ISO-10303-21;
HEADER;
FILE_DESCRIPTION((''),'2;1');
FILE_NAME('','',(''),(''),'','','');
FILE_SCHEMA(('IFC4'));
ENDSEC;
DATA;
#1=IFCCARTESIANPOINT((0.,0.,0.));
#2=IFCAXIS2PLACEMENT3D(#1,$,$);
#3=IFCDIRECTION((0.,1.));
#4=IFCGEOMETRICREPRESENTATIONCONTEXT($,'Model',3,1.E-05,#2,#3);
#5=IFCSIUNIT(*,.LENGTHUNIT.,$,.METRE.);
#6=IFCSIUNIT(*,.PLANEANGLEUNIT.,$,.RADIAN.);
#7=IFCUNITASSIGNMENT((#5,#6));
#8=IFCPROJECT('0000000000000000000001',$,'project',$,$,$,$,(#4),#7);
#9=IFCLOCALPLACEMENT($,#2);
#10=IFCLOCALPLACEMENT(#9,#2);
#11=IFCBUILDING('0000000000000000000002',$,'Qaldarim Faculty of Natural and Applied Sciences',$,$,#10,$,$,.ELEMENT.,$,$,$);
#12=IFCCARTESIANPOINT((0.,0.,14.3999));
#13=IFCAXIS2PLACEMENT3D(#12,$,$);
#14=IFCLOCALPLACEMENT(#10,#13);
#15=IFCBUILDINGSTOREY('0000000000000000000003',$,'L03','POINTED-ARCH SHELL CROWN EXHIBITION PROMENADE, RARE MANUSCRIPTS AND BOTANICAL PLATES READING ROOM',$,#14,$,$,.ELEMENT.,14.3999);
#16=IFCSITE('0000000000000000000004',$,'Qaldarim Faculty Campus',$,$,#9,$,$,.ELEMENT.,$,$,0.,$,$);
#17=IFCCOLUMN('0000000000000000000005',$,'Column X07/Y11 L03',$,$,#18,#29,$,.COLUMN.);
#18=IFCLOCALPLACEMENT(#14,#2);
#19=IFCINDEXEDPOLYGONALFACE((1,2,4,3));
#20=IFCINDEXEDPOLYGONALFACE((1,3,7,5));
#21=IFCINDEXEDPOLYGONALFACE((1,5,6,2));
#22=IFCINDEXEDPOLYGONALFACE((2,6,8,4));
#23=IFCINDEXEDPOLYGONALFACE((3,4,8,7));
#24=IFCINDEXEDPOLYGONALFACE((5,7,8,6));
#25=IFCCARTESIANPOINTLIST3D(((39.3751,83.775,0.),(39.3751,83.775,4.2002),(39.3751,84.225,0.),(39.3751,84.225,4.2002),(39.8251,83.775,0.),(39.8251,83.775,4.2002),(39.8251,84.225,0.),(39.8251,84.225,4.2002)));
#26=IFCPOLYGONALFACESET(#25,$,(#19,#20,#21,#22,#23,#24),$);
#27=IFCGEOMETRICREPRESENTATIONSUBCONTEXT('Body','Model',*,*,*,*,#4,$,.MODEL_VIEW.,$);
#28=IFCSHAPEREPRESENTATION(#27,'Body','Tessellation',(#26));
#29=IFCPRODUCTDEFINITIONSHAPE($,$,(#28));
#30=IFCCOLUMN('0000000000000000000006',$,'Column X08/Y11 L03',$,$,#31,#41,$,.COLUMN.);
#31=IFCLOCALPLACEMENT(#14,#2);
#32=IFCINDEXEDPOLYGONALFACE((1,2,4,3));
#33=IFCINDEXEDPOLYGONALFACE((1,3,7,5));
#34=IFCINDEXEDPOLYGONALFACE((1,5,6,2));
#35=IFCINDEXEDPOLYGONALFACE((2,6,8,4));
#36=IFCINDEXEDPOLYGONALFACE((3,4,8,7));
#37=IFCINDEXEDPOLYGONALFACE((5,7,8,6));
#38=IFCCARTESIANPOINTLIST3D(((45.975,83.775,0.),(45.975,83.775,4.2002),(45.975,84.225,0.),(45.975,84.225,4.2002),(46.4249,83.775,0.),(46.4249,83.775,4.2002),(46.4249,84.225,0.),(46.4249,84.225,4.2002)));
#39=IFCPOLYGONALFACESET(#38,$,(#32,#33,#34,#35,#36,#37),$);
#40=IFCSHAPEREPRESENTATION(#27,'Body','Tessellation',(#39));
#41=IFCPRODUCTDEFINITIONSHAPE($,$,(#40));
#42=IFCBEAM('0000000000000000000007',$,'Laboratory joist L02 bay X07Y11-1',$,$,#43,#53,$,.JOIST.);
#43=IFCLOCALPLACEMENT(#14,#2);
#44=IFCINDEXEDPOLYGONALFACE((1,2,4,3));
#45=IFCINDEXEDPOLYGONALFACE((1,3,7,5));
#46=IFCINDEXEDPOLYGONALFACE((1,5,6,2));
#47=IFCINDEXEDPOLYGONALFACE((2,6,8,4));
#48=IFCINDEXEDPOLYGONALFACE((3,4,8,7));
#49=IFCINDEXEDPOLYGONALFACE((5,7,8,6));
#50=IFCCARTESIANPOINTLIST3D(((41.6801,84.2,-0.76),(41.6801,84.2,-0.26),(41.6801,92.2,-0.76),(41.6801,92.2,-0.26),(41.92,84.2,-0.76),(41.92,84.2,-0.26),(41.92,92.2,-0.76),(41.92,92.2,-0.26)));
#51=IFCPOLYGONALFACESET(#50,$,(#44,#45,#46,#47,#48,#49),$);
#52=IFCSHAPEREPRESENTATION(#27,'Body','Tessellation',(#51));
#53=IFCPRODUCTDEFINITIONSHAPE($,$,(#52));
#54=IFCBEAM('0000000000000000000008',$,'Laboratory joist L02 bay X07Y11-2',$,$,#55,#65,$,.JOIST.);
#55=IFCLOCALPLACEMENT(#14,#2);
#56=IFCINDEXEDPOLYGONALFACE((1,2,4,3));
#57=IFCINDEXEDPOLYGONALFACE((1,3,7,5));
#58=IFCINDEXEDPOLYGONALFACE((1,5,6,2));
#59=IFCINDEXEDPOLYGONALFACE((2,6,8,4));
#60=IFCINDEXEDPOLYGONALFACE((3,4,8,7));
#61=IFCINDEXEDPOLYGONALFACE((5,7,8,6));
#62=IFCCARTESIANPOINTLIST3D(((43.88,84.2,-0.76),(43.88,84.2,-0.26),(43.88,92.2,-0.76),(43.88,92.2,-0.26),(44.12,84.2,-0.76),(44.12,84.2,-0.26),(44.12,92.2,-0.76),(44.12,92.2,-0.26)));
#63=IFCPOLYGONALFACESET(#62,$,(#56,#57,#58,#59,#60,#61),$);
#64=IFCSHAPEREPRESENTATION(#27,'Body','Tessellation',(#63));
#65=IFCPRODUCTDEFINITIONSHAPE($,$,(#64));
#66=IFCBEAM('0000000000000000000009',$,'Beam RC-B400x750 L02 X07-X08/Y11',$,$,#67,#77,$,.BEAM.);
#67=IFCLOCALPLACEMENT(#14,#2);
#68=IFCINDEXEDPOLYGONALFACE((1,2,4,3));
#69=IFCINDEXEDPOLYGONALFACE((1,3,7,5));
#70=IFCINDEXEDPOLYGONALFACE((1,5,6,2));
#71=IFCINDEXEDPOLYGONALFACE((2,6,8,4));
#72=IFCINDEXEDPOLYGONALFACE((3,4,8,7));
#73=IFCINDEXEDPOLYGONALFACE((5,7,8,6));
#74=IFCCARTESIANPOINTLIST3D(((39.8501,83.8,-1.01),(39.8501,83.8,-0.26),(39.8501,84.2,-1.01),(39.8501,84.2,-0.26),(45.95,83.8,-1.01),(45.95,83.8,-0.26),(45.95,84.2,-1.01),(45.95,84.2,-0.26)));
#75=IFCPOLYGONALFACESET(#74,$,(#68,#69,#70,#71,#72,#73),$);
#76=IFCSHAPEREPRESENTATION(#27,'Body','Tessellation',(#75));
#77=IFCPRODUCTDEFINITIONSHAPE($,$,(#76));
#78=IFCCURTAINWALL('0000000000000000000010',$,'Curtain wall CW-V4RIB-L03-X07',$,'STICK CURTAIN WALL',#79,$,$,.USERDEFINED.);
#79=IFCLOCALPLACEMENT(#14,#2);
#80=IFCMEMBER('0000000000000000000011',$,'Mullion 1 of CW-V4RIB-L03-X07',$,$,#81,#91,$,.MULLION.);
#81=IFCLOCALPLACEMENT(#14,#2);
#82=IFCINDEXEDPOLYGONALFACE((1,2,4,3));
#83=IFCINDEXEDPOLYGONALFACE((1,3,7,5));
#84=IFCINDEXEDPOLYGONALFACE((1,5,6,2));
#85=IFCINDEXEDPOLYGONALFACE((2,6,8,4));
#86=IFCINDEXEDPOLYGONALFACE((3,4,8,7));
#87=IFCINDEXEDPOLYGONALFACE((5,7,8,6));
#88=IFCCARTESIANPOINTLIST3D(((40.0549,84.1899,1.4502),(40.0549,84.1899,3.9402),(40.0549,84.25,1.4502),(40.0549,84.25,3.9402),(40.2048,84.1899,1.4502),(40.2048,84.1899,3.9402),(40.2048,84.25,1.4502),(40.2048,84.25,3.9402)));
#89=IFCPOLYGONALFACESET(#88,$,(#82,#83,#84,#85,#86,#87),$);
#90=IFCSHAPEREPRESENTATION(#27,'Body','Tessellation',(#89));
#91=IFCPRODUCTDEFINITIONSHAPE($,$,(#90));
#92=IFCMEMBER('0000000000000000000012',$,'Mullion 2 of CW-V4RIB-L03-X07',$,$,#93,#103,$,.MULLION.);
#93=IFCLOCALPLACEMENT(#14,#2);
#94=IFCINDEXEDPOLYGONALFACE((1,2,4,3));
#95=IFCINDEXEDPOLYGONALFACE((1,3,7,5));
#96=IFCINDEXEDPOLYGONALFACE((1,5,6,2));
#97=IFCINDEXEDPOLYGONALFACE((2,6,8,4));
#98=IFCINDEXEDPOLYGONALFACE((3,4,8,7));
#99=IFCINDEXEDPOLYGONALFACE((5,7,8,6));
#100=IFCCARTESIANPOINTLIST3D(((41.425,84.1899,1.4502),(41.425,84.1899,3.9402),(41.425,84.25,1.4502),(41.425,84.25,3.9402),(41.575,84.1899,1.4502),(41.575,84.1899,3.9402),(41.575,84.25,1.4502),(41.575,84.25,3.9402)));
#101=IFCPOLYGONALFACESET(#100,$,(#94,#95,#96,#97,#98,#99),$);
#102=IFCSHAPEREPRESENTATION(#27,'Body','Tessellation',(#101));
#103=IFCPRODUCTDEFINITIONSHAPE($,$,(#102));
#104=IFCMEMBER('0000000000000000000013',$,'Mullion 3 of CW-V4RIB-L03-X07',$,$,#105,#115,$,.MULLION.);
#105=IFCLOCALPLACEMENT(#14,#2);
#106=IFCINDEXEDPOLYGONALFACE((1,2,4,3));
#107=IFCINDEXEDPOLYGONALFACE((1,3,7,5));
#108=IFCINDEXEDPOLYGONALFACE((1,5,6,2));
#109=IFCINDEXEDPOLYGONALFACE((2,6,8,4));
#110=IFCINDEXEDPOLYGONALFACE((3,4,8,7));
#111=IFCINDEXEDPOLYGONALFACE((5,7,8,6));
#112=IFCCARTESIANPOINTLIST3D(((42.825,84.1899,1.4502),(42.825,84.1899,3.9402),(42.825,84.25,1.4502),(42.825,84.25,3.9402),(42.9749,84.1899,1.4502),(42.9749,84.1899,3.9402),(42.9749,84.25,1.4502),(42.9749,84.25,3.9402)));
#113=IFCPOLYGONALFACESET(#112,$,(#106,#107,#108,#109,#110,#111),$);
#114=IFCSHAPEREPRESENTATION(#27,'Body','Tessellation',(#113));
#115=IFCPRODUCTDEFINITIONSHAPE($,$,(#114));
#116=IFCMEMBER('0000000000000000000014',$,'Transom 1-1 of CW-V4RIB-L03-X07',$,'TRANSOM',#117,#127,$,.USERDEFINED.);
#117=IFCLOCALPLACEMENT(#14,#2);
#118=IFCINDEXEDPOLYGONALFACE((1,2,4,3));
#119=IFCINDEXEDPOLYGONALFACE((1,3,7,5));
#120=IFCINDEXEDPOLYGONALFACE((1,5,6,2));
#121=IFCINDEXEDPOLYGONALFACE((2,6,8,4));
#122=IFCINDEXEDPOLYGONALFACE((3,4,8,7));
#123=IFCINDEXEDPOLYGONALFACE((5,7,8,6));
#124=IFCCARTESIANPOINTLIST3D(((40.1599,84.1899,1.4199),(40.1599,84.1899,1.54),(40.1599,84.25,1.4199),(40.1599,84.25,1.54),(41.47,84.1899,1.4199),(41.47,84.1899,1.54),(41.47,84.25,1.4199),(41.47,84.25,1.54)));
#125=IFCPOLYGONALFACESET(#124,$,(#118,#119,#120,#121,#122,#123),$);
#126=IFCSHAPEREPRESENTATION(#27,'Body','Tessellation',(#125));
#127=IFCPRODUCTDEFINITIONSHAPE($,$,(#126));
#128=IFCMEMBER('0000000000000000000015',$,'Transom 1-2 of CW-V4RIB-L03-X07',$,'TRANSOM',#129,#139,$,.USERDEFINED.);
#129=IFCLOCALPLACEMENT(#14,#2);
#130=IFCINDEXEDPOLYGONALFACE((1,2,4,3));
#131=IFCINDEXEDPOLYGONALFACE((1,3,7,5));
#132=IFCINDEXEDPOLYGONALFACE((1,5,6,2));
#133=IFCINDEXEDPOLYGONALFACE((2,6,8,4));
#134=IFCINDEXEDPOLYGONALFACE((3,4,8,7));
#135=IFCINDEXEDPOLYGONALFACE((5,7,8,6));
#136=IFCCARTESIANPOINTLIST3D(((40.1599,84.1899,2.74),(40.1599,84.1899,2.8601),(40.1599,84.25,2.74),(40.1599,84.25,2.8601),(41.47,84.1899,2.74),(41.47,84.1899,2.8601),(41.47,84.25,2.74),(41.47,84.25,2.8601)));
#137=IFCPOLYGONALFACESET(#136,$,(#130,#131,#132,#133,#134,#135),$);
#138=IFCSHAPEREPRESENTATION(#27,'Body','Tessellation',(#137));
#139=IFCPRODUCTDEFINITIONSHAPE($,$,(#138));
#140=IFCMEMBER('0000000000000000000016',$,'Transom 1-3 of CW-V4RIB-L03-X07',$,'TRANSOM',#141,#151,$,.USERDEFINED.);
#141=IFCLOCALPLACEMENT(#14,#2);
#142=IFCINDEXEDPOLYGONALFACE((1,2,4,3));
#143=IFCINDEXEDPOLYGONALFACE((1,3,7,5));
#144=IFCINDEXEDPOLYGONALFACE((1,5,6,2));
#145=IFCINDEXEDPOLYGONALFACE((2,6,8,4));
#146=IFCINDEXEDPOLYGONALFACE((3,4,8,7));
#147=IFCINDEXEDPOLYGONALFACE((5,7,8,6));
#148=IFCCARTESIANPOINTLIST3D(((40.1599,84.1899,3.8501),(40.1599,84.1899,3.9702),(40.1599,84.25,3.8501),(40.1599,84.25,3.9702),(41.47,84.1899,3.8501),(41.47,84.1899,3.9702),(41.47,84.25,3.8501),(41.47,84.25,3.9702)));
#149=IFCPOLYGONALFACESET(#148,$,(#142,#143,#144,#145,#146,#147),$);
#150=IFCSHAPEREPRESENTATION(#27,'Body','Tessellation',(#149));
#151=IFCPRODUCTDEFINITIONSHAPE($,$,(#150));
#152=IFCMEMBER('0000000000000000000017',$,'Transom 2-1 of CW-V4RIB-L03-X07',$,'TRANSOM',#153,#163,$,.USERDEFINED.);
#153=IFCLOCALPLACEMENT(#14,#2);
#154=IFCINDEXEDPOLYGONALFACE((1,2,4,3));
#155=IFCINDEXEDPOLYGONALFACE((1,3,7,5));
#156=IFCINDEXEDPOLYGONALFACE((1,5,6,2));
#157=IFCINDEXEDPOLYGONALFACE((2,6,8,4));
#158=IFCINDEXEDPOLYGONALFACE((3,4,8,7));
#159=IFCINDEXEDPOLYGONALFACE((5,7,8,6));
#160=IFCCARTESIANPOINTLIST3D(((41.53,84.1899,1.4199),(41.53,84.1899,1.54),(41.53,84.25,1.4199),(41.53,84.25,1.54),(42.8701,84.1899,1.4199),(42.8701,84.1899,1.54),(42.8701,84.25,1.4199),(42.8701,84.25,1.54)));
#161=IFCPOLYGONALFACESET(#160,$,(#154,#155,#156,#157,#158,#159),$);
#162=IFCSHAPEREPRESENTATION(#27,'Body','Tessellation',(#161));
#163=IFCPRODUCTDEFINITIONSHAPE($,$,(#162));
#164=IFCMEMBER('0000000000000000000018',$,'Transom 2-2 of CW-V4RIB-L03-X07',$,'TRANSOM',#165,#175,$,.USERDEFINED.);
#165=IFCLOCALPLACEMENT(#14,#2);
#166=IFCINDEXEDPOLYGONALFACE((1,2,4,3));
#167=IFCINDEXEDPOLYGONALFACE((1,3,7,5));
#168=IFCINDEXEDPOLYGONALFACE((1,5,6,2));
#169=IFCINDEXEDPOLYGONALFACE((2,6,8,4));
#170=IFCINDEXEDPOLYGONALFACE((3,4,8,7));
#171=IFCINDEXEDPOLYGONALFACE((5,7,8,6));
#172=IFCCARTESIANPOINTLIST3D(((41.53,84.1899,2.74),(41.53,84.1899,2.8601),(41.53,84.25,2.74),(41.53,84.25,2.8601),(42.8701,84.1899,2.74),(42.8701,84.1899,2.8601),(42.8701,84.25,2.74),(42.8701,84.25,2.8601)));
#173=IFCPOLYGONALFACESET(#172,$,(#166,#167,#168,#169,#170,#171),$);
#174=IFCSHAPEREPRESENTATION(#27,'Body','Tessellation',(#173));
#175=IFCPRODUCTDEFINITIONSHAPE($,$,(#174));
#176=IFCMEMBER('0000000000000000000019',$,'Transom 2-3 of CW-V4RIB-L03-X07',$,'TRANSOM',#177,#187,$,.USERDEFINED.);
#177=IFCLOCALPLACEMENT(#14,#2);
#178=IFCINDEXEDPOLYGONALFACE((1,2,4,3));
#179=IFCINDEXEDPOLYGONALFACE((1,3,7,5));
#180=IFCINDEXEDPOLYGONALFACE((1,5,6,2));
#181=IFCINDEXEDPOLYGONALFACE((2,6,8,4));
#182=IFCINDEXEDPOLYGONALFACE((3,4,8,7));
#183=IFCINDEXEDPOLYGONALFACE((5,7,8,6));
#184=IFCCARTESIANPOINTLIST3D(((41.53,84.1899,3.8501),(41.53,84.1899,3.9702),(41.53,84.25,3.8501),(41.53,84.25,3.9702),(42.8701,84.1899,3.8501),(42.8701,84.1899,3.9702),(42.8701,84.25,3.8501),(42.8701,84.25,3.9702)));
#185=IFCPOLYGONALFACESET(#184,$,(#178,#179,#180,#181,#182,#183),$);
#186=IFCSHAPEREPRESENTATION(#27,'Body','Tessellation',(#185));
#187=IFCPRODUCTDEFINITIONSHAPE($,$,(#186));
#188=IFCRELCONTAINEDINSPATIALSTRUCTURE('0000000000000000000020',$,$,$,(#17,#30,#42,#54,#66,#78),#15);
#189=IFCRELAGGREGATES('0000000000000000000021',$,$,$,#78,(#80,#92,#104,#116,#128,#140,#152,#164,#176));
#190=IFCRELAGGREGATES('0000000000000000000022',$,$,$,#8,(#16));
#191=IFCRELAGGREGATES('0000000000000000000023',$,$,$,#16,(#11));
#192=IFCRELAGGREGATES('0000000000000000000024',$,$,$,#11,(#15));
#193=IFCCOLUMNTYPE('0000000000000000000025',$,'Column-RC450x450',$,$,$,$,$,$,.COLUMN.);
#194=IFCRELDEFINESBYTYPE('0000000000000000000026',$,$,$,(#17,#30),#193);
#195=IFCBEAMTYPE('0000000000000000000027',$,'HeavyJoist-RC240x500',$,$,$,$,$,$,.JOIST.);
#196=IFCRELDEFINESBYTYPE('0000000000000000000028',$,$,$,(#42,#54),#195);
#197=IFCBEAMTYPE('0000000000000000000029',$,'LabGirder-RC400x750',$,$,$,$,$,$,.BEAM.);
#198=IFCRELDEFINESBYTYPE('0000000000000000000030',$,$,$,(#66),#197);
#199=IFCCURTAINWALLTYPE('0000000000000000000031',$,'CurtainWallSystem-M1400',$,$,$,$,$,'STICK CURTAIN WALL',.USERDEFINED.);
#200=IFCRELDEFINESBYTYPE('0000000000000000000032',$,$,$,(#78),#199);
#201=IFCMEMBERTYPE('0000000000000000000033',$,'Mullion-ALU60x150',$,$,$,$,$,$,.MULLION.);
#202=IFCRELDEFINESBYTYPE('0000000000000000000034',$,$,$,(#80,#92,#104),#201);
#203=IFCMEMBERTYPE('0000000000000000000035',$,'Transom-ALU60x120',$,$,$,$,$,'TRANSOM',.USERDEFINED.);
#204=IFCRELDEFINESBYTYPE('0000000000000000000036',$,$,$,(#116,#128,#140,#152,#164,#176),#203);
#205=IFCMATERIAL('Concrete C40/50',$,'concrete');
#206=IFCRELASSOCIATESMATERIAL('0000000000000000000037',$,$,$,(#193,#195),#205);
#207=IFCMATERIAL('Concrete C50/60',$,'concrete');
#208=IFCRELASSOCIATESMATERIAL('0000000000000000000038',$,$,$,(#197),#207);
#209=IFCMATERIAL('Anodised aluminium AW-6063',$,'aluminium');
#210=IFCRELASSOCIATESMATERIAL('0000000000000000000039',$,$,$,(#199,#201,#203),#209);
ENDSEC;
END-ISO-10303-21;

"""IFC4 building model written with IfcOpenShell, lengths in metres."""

from ifc_helpers import new_model, si_unit, direction, frame, origin, origin_2d, place, context, subcontext, project, spatial, rectangle, extrude, material, material_profile, profile_set, type_object, element, aggregate, save


model = new_model("IFC4")

# Units and contexts
model_context = context("Model", 3, precision=1e-05, world=origin(), true_north=direction((0.0, 1.0)))
body_context = subcontext(model_context, "Body", "Model", "MODEL_VIEW")
ifc_project = project(units=[si_unit("LENGTHUNIT", "METRE"), si_unit("PLANEANGLEUNIT", "RADIAN")], contexts=[model_context])

# Site, building, storey
site_placement = place(None, origin())
site = spatial("IfcSite", under=ifc_project, at=site_placement, Name="Qaldarim Faculty Campus", CompositionType="ELEMENT", RefElevation=0.0)
building_placement = place(site_placement, origin())
building = spatial("IfcBuilding", under=site, at=building_placement, Name="Qaldarim Faculty of Natural and Applied Sciences", CompositionType="ELEMENT")
storey_placement = place(building_placement, frame((0.0, 0.0, 14.3999)))
storey = spatial("IfcBuildingStorey", under=building, at=storey_placement, Name="L03", Description="POINTED-ARCH SHELL CROWN EXHIBITION PROMENADE, RARE MANUSCRIPTS AND BOTANICAL PLATES READING ROOM", CompositionType="ELEMENT", Elevation=14.3999)

# Columns
ifc_material_1 = material(Name="Concrete C40/50", Category="concrete")
ifc_material_profile_1 = material_profile(ifc_material_1, rectangle(XDim=0.45, YDim=0.45, at=origin_2d()), Name="RC-C450x450")
ifc_profile_set_1 = profile_set([ifc_material_profile_1], Name="Concrete C40/50")
column_type = type_object("IfcColumnType", Name="Column-RC450x450", PredefinedType="COLUMN", material=ifc_profile_set_1)
for number, where, z_axis, x_axis, name in (
    (1, (39.6001, 84.0, 0.0), (0.0, 0.0, 1.0), (1.0, 0.0, 0.0), "Column X07/Y11 L03"),
    (2, (46.2, 84.0, 0.0), (0.0, 0.0, 1.0), (1.0, 0.0, 0.0), "Column X08/Y11 L03"),
):
    element("IfcColumn", number, at=place(storey_placement, frame(where, z_axis=z_axis, x_axis=x_axis)), inside=storey, type_object=column_type, Name=name, PredefinedType="COLUMN", context=body_context, shape_type="SweptSolid", body=[
        extrude(rectangle(XDim=0.45, YDim=0.45, at=origin_2d()), origin(), (0.0, 0.0, 1.0), 4.2002),
    ])

# Beams
ifc_material_profile_2 = material_profile(ifc_material_1, rectangle(XDim=0.24, YDim=0.5, at=origin_2d()), Name="RC-J240x500")
ifc_profile_set_2 = profile_set([ifc_material_profile_2], Name="Concrete C40/50")
beam_type_1 = type_object("IfcBeamType", Name="HeavyJoist-RC240x500", PredefinedType="JOIST", material=ifc_profile_set_2)
for number, where, z_axis, x_axis, name in (
    (3, (41.8, 84.2, -0.51), (0.0, 1.0, 0.0), (-1.0, 0.0, 0.0), "Laboratory joist L02 bay X07Y11-1"),
    (4, (44.0, 84.2, -0.51), (0.0, 1.0, 0.0), (-1.0, 0.0, 0.0), "Laboratory joist L02 bay X07Y11-2"),
):
    element("IfcBeam", number, at=place(storey_placement, frame(where, z_axis=z_axis, x_axis=x_axis)), inside=storey, type_object=beam_type_1, Name=name, PredefinedType="JOIST", context=body_context, shape_type="SweptSolid", body=[
        extrude(rectangle(XDim=0.24, YDim=0.5, at=origin_2d()), origin(), (0.0, 0.0, 1.0), 8.0),
    ])
ifc_material_2 = material(Name="Concrete C50/60", Category="concrete")
ifc_material_profile_3 = material_profile(ifc_material_2, rectangle(XDim=0.3999, YDim=0.75, at=origin_2d()), Name="RC-B400x750")
ifc_profile_set_3 = profile_set([ifc_material_profile_3], Name="Concrete C50/60")
beam_type_2 = type_object("IfcBeamType", Name="LabGirder-RC400x750", PredefinedType="BEAM", material=ifc_profile_set_3)
beam_placement = place(storey_placement, frame((39.8501, 84.0, -0.635), z_axis=(1.0, 0.0, 0.0), x_axis=(0.0, 1.0, 0.0)))
element("IfcBeam", 5, at=beam_placement, inside=storey, type_object=beam_type_2, Name="Beam RC-B400x750 L02 X07-X08/Y11", PredefinedType="BEAM", context=body_context, shape_type="SweptSolid", body=[
    extrude(rectangle(XDim=0.3999, YDim=0.75, at=origin_2d()), origin(), (0.0, 0.0, 1.0), 6.0999),
])

# Curtain wall, members
ifc_material_3 = material(Name="Anodised aluminium AW-6063", Category="aluminium")
curtain_wall_type = type_object("IfcCurtainWallType", Name="CurtainWallSystem-M1400", ElementType="STICK CURTAIN WALL", PredefinedType="USERDEFINED", material=ifc_material_3)
curtain_wall_placement = place(storey_placement, origin())
curtain_wall = element("IfcCurtainWall", 6, at=curtain_wall_placement, inside=storey, type_object=curtain_wall_type, Name="Curtain wall CW-V4RIB-L03-X07", ObjectType="STICK CURTAIN WALL", PredefinedType="USERDEFINED")
ifc_material_profile_4 = material_profile(ifc_material_3, rectangle(XDim=0.0601, YDim=0.1499, at=origin_2d()), Name="ALU-M60x150")
ifc_profile_set_4 = profile_set([ifc_material_profile_4], Name="Anodised aluminium AW-6063")
member_type_1 = type_object("IfcMemberType", Name="Mullion-ALU60x150", PredefinedType="MULLION", material=ifc_profile_set_4)
member_1_placement = place(storey_placement, frame((40.1299, 84.22, 1.4502), z_axis=(0.0, 0.0, 1.0), x_axis=(0.0, 1.0, 0.0)))
member_1 = element("IfcMember", 7, at=member_1_placement, type_object=member_type_1, Name="Mullion 1 of CW-V4RIB-L03-X07", PredefinedType="MULLION", context=body_context, shape_type="SweptSolid", body=[
    extrude(rectangle(XDim=0.0601, YDim=0.1499, at=origin_2d()), origin(), (0.0, 0.0, 1.0), 2.49),
])
member_2_placement = place(storey_placement, frame((41.5, 84.22, 1.4502), z_axis=(0.0, 0.0, 1.0), x_axis=(0.0, 1.0, 0.0)))
member_2 = element("IfcMember", 8, at=member_2_placement, type_object=member_type_1, Name="Mullion 2 of CW-V4RIB-L03-X07", PredefinedType="MULLION", context=body_context, shape_type="SweptSolid", body=[
    extrude(rectangle(XDim=0.0601, YDim=0.1499, at=origin_2d()), origin(), (0.0, 0.0, 1.0), 2.49),
])
member_3_placement = place(storey_placement, frame((42.8999, 84.22, 1.4502), z_axis=(0.0, 0.0, 1.0), x_axis=(0.0, 1.0, 0.0)))
member_3 = element("IfcMember", 9, at=member_3_placement, type_object=member_type_1, Name="Mullion 3 of CW-V4RIB-L03-X07", PredefinedType="MULLION", context=body_context, shape_type="SweptSolid", body=[
    extrude(rectangle(XDim=0.0601, YDim=0.1499, at=origin_2d()), origin(), (0.0, 0.0, 1.0), 2.49),
])
ifc_material_profile_5 = material_profile(ifc_material_3, rectangle(XDim=0.0601, YDim=0.1201, at=origin_2d()), Name="ALU-T60x120")
ifc_profile_set_5 = profile_set([ifc_material_profile_5], Name="Anodised aluminium AW-6063")
member_type_2 = type_object("IfcMemberType", Name="Transom-ALU60x120", ElementType="TRANSOM", PredefinedType="USERDEFINED", material=ifc_profile_set_5)
member_4_placement = place(storey_placement, frame((40.1599, 84.22, 1.48), z_axis=(1.0, 0.0, 0.0), x_axis=(0.0, 1.0, 0.0)))
member_4 = element("IfcMember", 10, at=member_4_placement, type_object=member_type_2, Name="Transom 1-1 of CW-V4RIB-L03-X07", ObjectType="TRANSOM", PredefinedType="USERDEFINED", context=body_context, shape_type="SweptSolid", body=[
    extrude(rectangle(XDim=0.0601, YDim=0.1201, at=origin_2d()), origin(), (0.0, 0.0, 1.0), 1.3101),
])
member_5_placement = place(storey_placement, frame((40.1599, 84.22, 2.8), z_axis=(1.0, 0.0, 0.0), x_axis=(0.0, 1.0, 0.0)))
member_5 = element("IfcMember", 11, at=member_5_placement, type_object=member_type_2, Name="Transom 1-2 of CW-V4RIB-L03-X07", ObjectType="TRANSOM", PredefinedType="USERDEFINED", context=body_context, shape_type="SweptSolid", body=[
    extrude(rectangle(XDim=0.0601, YDim=0.1201, at=origin_2d()), origin(), (0.0, 0.0, 1.0), 1.3101),
])
member_6_placement = place(storey_placement, frame((40.1599, 84.22, 3.9102), z_axis=(1.0, 0.0, 0.0), x_axis=(0.0, 1.0, 0.0)))
member_6 = element("IfcMember", 12, at=member_6_placement, type_object=member_type_2, Name="Transom 1-3 of CW-V4RIB-L03-X07", ObjectType="TRANSOM", PredefinedType="USERDEFINED", context=body_context, shape_type="SweptSolid", body=[
    extrude(rectangle(XDim=0.0601, YDim=0.1201, at=origin_2d()), origin(), (0.0, 0.0, 1.0), 1.3101),
])
member_7_placement = place(storey_placement, frame((41.53, 84.22, 1.48), z_axis=(1.0, 0.0, 0.0), x_axis=(0.0, 1.0, 0.0)))
member_7 = element("IfcMember", 13, at=member_7_placement, type_object=member_type_2, Name="Transom 2-1 of CW-V4RIB-L03-X07", ObjectType="TRANSOM", PredefinedType="USERDEFINED", context=body_context, shape_type="SweptSolid", body=[
    extrude(rectangle(XDim=0.0601, YDim=0.1201, at=origin_2d()), origin(), (0.0, 0.0, 1.0), 1.3401),
])
member_8_placement = place(storey_placement, frame((41.53, 84.22, 2.8), z_axis=(1.0, 0.0, 0.0), x_axis=(0.0, 1.0, 0.0)))
member_8 = element("IfcMember", 14, at=member_8_placement, type_object=member_type_2, Name="Transom 2-2 of CW-V4RIB-L03-X07", ObjectType="TRANSOM", PredefinedType="USERDEFINED", context=body_context, shape_type="SweptSolid", body=[
    extrude(rectangle(XDim=0.0601, YDim=0.1201, at=origin_2d()), origin(), (0.0, 0.0, 1.0), 1.3401),
])
member_9_placement = place(storey_placement, frame((41.53, 84.22, 3.9102), z_axis=(1.0, 0.0, 0.0), x_axis=(0.0, 1.0, 0.0)))
member_9 = element("IfcMember", 15, at=member_9_placement, type_object=member_type_2, Name="Transom 2-3 of CW-V4RIB-L03-X07", ObjectType="TRANSOM", PredefinedType="USERDEFINED", context=body_context, shape_type="SweptSolid", body=[
    extrude(rectangle(XDim=0.0601, YDim=0.1201, at=origin_2d()), origin(), (0.0, 0.0, 1.0), 1.3401),
])

aggregate(curtain_wall, [member_1, member_2, member_3, member_4, member_5, member_6, member_7, member_8, member_9])

save(model, "model.ifc")
